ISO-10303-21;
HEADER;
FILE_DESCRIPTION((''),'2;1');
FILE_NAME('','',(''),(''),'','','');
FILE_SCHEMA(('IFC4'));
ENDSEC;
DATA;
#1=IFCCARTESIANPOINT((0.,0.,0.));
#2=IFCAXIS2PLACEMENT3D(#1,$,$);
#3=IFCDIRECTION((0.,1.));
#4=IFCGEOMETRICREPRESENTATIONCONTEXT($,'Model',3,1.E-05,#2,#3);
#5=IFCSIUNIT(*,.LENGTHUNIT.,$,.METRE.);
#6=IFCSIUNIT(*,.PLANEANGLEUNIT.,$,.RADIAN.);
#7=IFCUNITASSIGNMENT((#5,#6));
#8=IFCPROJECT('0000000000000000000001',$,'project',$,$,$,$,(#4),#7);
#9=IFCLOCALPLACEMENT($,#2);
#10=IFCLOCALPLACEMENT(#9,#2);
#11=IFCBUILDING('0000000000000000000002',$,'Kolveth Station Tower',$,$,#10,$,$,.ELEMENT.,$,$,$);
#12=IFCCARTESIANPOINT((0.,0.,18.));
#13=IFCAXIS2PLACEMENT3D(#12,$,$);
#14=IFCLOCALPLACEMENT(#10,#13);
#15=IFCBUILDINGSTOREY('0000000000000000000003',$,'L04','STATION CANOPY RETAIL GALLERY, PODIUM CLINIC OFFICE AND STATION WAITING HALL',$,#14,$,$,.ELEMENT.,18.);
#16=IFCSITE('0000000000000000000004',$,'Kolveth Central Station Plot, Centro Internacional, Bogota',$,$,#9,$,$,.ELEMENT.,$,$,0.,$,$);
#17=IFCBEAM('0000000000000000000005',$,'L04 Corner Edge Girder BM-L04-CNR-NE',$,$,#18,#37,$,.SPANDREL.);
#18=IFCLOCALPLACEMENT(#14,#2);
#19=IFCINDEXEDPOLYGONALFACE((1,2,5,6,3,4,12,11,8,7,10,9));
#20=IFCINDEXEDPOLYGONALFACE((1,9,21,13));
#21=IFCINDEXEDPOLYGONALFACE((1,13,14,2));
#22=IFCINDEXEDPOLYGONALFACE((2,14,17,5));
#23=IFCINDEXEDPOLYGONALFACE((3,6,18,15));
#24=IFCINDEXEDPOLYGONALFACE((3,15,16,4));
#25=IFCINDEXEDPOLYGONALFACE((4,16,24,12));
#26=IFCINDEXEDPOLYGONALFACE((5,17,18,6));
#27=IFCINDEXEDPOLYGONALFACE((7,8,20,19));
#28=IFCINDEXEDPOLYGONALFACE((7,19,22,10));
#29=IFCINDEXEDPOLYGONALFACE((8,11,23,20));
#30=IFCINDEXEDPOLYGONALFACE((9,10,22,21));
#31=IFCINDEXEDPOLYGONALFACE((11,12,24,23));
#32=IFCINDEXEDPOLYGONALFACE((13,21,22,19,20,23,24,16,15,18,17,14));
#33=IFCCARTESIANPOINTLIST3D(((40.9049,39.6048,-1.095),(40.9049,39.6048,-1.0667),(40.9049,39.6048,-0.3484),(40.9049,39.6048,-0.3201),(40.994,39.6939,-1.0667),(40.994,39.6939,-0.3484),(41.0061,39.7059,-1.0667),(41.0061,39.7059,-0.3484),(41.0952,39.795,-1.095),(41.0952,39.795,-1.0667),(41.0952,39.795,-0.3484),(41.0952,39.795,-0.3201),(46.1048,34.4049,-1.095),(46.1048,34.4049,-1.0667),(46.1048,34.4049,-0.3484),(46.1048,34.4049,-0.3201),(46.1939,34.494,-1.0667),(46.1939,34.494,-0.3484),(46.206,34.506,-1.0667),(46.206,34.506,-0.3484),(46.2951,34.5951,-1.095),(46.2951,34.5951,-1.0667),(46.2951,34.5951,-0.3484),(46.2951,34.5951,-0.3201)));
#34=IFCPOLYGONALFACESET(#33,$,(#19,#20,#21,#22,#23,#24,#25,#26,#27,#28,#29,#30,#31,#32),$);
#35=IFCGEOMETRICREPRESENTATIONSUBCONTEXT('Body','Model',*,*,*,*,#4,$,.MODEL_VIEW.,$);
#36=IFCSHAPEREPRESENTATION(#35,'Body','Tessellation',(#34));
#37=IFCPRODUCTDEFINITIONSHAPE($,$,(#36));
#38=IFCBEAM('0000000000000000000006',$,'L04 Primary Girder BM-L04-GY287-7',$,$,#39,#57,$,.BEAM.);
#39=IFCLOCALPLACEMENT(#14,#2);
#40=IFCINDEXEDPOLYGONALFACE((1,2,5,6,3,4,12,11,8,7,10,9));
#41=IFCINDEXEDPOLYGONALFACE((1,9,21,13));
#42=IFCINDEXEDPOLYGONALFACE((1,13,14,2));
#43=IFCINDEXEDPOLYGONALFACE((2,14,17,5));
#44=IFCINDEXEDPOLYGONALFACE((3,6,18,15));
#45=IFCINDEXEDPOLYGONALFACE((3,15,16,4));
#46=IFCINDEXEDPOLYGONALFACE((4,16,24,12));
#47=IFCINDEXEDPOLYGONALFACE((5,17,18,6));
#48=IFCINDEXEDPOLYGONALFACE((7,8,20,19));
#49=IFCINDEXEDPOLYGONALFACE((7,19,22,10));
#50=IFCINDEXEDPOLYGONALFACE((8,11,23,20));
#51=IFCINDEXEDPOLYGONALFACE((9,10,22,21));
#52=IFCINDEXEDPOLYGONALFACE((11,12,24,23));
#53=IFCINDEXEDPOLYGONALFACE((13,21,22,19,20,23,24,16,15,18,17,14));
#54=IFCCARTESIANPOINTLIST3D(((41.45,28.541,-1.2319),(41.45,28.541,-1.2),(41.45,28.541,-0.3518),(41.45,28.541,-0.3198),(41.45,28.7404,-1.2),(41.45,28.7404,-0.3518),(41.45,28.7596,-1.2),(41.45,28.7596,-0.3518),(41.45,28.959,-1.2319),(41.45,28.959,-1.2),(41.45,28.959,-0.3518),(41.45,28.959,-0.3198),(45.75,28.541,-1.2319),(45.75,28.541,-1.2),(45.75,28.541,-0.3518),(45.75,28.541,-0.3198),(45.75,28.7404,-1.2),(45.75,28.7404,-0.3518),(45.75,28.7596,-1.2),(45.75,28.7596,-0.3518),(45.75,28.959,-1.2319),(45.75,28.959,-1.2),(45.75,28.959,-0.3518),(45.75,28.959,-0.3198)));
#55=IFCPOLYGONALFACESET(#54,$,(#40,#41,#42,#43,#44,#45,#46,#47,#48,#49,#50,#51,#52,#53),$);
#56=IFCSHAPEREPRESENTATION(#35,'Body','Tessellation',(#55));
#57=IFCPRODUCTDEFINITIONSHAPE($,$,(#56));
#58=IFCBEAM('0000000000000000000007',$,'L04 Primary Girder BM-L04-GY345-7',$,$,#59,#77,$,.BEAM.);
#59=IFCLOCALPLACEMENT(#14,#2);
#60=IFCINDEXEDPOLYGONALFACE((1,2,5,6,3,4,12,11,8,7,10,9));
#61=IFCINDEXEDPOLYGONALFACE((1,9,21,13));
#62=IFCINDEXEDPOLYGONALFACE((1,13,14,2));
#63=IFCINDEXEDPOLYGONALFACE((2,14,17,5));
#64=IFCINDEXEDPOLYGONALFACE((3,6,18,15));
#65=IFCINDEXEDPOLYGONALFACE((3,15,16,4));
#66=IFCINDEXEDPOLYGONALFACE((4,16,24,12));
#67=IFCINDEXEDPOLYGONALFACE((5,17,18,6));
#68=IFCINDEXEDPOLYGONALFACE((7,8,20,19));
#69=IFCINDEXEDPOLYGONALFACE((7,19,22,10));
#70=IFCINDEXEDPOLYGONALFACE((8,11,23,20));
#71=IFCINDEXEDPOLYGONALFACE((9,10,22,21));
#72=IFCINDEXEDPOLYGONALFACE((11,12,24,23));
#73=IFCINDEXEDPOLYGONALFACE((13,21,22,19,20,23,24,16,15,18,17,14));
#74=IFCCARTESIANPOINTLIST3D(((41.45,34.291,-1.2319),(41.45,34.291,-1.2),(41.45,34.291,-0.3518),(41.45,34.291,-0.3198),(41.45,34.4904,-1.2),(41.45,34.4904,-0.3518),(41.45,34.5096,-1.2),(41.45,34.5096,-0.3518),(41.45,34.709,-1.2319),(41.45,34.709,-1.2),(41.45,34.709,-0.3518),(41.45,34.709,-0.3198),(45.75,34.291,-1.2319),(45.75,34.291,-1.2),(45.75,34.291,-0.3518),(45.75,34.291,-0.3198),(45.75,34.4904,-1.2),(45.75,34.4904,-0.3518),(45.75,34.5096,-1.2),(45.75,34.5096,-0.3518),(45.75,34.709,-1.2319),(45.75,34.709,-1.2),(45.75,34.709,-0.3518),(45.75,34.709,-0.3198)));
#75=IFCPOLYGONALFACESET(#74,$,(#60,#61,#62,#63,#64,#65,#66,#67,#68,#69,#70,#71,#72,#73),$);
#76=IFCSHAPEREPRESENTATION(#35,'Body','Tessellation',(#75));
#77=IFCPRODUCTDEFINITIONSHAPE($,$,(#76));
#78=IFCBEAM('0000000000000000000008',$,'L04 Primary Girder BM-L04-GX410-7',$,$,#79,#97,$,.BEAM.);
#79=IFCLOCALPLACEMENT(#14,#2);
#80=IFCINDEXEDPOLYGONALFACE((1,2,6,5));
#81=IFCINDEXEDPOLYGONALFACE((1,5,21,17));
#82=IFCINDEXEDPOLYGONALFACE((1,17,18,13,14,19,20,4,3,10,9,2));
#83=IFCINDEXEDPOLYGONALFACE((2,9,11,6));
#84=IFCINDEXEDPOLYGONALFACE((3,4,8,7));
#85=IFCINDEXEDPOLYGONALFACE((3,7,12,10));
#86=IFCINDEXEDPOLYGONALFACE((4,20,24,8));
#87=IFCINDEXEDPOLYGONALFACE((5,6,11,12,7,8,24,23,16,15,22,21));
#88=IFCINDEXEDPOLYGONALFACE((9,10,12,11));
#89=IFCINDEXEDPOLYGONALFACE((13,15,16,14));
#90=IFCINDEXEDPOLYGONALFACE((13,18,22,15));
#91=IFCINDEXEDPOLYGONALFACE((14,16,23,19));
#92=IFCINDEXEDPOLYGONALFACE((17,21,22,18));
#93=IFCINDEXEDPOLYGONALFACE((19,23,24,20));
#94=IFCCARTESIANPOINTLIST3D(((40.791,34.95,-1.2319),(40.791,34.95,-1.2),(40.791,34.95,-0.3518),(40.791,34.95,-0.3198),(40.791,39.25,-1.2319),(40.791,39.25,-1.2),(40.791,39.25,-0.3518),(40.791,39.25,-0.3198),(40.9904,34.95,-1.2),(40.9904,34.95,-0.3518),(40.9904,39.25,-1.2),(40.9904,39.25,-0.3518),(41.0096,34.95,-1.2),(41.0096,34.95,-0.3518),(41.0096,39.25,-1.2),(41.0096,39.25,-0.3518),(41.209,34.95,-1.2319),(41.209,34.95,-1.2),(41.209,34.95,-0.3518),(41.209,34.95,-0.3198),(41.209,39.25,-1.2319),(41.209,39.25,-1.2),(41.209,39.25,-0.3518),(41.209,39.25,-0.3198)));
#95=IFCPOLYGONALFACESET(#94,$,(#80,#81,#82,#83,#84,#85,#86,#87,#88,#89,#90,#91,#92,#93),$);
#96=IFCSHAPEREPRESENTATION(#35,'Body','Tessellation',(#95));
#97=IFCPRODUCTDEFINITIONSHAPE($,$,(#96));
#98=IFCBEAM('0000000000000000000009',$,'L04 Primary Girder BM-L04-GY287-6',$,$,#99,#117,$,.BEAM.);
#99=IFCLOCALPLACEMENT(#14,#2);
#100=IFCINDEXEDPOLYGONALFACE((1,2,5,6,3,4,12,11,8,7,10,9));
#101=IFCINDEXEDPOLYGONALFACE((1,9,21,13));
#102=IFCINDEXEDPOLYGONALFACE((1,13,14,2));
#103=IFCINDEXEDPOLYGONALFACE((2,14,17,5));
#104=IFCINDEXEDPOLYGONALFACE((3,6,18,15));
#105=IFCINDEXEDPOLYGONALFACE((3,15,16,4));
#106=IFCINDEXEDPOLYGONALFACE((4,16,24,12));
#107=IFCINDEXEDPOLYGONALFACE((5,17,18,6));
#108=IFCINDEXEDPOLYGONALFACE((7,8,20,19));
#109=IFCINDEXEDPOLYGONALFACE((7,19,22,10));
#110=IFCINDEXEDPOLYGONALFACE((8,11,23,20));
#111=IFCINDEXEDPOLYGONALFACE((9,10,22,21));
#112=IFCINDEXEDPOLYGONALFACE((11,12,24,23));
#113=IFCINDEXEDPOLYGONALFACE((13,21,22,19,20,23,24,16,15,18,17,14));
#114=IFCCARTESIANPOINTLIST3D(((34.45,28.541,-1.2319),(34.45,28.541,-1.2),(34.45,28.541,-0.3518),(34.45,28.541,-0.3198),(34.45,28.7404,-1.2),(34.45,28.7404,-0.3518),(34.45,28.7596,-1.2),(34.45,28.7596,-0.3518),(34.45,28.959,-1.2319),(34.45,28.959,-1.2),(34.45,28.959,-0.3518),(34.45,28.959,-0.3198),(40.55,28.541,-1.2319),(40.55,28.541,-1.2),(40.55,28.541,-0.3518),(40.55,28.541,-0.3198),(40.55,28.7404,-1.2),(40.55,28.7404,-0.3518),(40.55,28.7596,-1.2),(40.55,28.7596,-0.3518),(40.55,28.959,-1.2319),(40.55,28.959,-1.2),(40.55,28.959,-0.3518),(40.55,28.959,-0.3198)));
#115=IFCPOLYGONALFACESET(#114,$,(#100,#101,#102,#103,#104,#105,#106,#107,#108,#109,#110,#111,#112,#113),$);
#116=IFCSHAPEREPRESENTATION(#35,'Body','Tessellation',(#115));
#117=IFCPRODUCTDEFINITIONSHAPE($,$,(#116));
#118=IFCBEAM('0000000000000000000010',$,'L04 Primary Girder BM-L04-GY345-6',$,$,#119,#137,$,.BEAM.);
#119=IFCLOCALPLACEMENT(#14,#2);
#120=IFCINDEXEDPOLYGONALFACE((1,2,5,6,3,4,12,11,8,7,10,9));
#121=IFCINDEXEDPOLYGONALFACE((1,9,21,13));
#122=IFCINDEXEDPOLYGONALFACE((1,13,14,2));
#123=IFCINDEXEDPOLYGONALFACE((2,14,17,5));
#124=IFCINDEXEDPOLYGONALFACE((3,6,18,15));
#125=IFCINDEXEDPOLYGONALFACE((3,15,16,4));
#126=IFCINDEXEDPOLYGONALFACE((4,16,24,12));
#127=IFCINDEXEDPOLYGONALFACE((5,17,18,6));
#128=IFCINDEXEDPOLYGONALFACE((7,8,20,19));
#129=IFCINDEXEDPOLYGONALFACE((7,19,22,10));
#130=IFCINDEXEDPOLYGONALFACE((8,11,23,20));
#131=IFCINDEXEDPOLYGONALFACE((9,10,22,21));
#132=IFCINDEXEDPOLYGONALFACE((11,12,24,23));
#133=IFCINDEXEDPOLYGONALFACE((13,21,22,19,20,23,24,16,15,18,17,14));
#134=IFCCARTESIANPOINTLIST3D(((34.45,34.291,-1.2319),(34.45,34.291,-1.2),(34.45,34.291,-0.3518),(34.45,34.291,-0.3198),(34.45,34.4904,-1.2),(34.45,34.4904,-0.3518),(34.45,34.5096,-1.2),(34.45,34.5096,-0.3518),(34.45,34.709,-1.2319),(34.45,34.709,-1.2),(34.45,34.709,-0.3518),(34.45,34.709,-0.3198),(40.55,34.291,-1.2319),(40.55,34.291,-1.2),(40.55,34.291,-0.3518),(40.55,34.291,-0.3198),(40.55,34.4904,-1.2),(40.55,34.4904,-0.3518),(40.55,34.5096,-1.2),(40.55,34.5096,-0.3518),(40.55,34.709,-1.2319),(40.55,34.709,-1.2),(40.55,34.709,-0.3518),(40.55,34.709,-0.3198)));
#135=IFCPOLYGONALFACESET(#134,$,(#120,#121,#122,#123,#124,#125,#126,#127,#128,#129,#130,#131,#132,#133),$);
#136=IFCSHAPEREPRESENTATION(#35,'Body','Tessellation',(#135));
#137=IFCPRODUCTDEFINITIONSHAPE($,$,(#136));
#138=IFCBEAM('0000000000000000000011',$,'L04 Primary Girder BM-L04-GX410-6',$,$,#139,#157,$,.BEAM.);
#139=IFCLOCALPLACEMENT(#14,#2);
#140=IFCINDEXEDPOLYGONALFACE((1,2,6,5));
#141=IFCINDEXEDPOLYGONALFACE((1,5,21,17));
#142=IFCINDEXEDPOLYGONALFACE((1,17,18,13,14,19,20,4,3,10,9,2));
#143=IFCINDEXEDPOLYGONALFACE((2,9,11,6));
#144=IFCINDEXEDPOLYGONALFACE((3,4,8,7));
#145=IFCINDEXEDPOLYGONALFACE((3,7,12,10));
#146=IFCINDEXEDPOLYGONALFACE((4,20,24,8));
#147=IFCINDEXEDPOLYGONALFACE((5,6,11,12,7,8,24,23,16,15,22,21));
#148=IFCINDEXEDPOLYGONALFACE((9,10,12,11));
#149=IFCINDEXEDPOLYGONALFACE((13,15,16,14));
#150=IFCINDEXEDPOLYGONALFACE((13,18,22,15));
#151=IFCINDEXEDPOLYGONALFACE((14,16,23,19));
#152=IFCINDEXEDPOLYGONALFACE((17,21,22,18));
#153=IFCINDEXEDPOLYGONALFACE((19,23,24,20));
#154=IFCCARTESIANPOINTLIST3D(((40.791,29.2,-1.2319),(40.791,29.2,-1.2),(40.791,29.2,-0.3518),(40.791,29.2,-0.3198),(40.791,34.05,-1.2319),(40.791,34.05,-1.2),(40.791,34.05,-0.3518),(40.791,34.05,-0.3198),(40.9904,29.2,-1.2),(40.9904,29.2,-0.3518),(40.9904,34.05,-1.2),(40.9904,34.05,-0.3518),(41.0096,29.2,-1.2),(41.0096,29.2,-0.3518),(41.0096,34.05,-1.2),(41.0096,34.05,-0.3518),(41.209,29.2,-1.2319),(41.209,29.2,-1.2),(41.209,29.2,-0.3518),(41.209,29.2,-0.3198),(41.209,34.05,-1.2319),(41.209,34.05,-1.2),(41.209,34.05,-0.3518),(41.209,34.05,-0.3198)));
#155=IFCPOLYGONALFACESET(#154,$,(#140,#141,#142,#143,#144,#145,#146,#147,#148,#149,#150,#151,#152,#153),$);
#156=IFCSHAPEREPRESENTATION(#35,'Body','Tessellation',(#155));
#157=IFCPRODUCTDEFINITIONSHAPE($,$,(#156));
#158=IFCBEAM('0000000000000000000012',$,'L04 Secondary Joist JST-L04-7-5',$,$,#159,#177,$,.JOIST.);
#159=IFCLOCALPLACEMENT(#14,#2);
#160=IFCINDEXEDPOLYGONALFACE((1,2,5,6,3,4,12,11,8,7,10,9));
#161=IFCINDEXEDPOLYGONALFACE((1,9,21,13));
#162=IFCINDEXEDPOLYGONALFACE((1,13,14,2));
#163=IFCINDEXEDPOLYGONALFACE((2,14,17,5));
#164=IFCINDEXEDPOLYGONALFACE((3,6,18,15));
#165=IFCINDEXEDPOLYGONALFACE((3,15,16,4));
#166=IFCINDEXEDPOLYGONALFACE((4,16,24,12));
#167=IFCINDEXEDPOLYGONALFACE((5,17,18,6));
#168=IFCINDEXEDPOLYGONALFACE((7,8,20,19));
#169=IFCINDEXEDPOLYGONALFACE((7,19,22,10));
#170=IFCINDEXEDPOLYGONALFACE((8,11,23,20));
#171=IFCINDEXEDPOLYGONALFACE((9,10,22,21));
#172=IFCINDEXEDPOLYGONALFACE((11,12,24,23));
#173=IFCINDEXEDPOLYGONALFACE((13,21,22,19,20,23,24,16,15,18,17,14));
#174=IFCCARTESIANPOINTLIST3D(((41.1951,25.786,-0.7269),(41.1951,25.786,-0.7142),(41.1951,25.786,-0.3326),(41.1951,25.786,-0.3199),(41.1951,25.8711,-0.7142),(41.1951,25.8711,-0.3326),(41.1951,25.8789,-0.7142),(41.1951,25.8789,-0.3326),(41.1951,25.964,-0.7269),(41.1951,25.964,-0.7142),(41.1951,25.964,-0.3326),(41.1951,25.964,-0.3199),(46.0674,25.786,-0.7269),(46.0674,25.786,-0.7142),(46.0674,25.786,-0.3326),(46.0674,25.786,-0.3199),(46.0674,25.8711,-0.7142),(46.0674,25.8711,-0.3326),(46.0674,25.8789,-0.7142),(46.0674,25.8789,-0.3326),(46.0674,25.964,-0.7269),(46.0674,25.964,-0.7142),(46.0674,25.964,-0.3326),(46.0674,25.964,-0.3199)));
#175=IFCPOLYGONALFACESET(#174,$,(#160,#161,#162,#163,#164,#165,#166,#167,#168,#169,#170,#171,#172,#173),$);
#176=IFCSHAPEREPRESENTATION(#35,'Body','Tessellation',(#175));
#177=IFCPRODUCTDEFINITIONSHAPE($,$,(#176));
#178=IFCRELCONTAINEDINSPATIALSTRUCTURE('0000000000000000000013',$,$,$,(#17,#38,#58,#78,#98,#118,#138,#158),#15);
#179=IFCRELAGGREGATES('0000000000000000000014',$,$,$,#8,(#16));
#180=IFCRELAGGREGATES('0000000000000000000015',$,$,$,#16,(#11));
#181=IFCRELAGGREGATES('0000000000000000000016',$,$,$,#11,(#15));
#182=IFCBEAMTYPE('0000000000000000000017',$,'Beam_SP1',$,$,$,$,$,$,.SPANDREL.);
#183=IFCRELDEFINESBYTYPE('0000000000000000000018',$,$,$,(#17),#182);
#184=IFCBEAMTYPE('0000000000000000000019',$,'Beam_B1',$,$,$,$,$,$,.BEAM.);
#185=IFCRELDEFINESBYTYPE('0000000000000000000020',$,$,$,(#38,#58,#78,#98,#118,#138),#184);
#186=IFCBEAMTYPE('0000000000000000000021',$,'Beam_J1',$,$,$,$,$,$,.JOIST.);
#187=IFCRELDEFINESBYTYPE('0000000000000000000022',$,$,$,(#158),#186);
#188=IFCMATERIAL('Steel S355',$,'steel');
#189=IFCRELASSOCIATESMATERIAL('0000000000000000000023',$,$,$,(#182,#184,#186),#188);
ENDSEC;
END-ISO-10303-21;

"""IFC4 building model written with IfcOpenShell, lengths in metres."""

from ifc_helpers import new_model, si_unit, direction, frame, origin, origin_2d, place, context, subcontext, project, spatial, i_section, extrude, source, transform, mapped, material, material_profile, profile_set, type_object, element, save


model = new_model("IFC4")

# Units and contexts
model_context = context("Model", 3, precision=1e-05, world=origin(), true_north=direction((0.0, 1.0)))
body_context = subcontext(model_context, "Body", "Model", "MODEL_VIEW")
ifc_project = project(units=[si_unit("LENGTHUNIT", "METRE"), si_unit("PLANEANGLEUNIT", "RADIAN")], contexts=[model_context])

# Site, building, storey
site_placement = place(None, origin())
site = spatial("IfcSite", under=ifc_project, at=site_placement, Name="Kolveth Central Station Plot, Centro Internacional, Bogota", CompositionType="ELEMENT", RefElevation=0.0)
building_placement = place(site_placement, origin())
building = spatial("IfcBuilding", under=site, at=building_placement, Name="Kolveth Station Tower", CompositionType="ELEMENT")
storey_placement = place(building_placement, frame((0.0, 0.0, 18.0)))
storey = spatial("IfcBuildingStorey", under=building, at=storey_placement, Name="L04", Description="STATION CANOPY RETAIL GALLERY, PODIUM CLINIC OFFICE AND STATION WAITING HALL", CompositionType="ELEMENT", Elevation=18.0)

# Shared definitions
ifc_material_1 = material(Name="Steel S355", Category="steel")

# Beams
ifc_material_profile_1 = material_profile(ifc_material_1, i_section(OverallWidth=0.269, OverallDepth=0.7749, WebThickness=0.0171, FlangeThickness=0.0283, at=origin_2d()), Name="W760x220")
ifc_profile_set_1 = profile_set([ifc_material_profile_1], Name="Steel S355")
beam_type_1 = type_object("IfcBeamType", Name="Beam_SP1", PredefinedType="SPANDREL", material=ifc_profile_set_1)
shared_shape_1 = source(origin(), body_context, "Body", "SweptSolid", [
    extrude(i_section(OverallWidth=0.269, OverallDepth=0.7749, WebThickness=0.0171, FlangeThickness=0.0283, at=origin_2d()), origin(), (0.0, 0.0, 1.0), 7.3538),
])
beam_1_placement = place(storey_placement, frame((46.2, 34.5, -0.7075), z_axis=(-0.707107, 0.707107, 0.0), x_axis=(-0.707107, -0.707107, 0.0)))
element("IfcBeam", 1, at=beam_1_placement, inside=storey, type_object=beam_type_1, Name="L04 Corner Edge Girder BM-L04-CNR-NE", PredefinedType="SPANDREL", context=body_context, shape_type="MappedRepresentation", body=[
    mapped(shared_shape_1, transform((0.0, 0.0, 0.0), x_axis=(1.0, 0.0, 0.0), y_axis=(0.0, 1.0, 0.0), z_axis=(0.0, 0.0, 1.0), scale=1.0)),
])
ifc_material_profile_2 = material_profile(ifc_material_1, i_section(OverallWidth=0.418, OverallDepth=0.9121, WebThickness=0.0193, FlangeThickness=0.032, at=origin_2d()), Name="W920x342")
ifc_profile_set_2 = profile_set([ifc_material_profile_2], Name="Steel S355")
beam_type_2 = type_object("IfcBeamType", Name="Beam_B1", PredefinedType="BEAM", material=ifc_profile_set_2)
shared_shape_2 = source(origin(), body_context, "Body", "SweptSolid", [
    extrude(i_section(OverallWidth=0.418, OverallDepth=0.9121, WebThickness=0.0193, FlangeThickness=0.032, at=origin_2d()), origin(), (0.0, 0.0, 1.0), 4.3),
])
for number, where, z_axis, x_axis, name in (
    (2, (41.45, 28.75, -0.7759), (1.0, 0.0, 0.0), (0.0, 1.0, 0.0), "L04 Primary Girder BM-L04-GY287-7"),
    (3, (41.45, 34.5, -0.7759), (1.0, 0.0, 0.0), (0.0, 1.0, 0.0), "L04 Primary Girder BM-L04-GY345-7"),
    (4, (41.0, 34.95, -0.7759), (0.0, 1.0, 0.0), (-1.0, 0.0, 0.0), "L04 Primary Girder BM-L04-GX410-7"),
):
    element("IfcBeam", number, at=place(storey_placement, frame(where, z_axis=z_axis, x_axis=x_axis)), inside=storey, type_object=beam_type_2, Name=name, PredefinedType="BEAM", context=body_context, shape_type="MappedRepresentation", body=[
        mapped(shared_shape_2, transform((0.0, 0.0, 0.0), x_axis=(1.0, 0.0, 0.0), y_axis=(0.0, 1.0, 0.0), z_axis=(0.0, 0.0, 1.0), scale=1.0)),
    ])
shared_shape_3 = source(origin(), body_context, "Body", "SweptSolid", [
    extrude(i_section(OverallWidth=0.418, OverallDepth=0.9121, WebThickness=0.0193, FlangeThickness=0.032, at=origin_2d()), origin(), (0.0, 0.0, 1.0), 6.1001),
])
for number, where, z_axis, x_axis, name in (
    (5, (34.45, 28.75, -0.7759), (1.0, 0.0, 0.0), (0.0, 1.0, 0.0), "L04 Primary Girder BM-L04-GY287-6"),
    (6, (34.45, 34.5, -0.7759), (1.0, 0.0, 0.0), (0.0, 1.0, 0.0), "L04 Primary Girder BM-L04-GY345-6"),
):
    element("IfcBeam", number, at=place(storey_placement, frame(where, z_axis=z_axis, x_axis=x_axis)), inside=storey, type_object=beam_type_2, Name=name, PredefinedType="BEAM", context=body_context, shape_type="MappedRepresentation", body=[
        mapped(shared_shape_3, transform((0.0, 0.0, 0.0), x_axis=(1.0, 0.0, 0.0), y_axis=(0.0, 1.0, 0.0), z_axis=(0.0, 0.0, 1.0), scale=1.0)),
    ])
shared_shape_4 = source(origin(), body_context, "Body", "SweptSolid", [
    extrude(i_section(OverallWidth=0.418, OverallDepth=0.9121, WebThickness=0.0193, FlangeThickness=0.032, at=origin_2d()), origin(), (0.0, 0.0, 1.0), 4.8501),
])
beam_2_placement = place(storey_placement, frame((41.0, 29.2, -0.7759), z_axis=(0.0, 1.0, 0.0), x_axis=(-1.0, 0.0, 0.0)))
element("IfcBeam", 7, at=beam_2_placement, inside=storey, type_object=beam_type_2, Name="L04 Primary Girder BM-L04-GX410-6", PredefinedType="BEAM", context=body_context, shape_type="MappedRepresentation", body=[
    mapped(shared_shape_4, transform((0.0, 0.0, 0.0), x_axis=(1.0, 0.0, 0.0), y_axis=(0.0, 1.0, 0.0), z_axis=(0.0, 0.0, 1.0), scale=1.0)),
])
ifc_material_profile_3 = material_profile(ifc_material_1, i_section(OverallWidth=0.178, OverallDepth=0.407, WebThickness=0.0078, FlangeThickness=0.0127, at=origin_2d()), Name="W410x60")
ifc_profile_set_3 = profile_set([ifc_material_profile_3], Name="Steel S355")
beam_type_3 = type_object("IfcBeamType", Name="Beam_J1", PredefinedType="JOIST", material=ifc_profile_set_3)
shared_shape_5 = source(origin(), body_context, "Body", "SweptSolid", [
    extrude(i_section(OverallWidth=0.178, OverallDepth=0.407, WebThickness=0.0078, FlangeThickness=0.0127, at=origin_2d()), origin(), (0.0, 0.0, 1.0), 4.8723),
])
for number, where, z_axis, x_axis, name in (
    (8, (41.1951, 25.875, -0.5234), (1.0, 0.0, 0.0), (0.0, 1.0, 0.0), "L04 Secondary Joist JST-L04-7-5"),
):
    element("IfcBeam", number, at=place(storey_placement, frame(where, z_axis=z_axis, x_axis=x_axis)), inside=storey, type_object=beam_type_3, Name=name, PredefinedType="JOIST", context=body_context, shape_type="MappedRepresentation", body=[
        mapped(shared_shape_5, transform((0.0, 0.0, 0.0), x_axis=(1.0, 0.0, 0.0), y_axis=(0.0, 1.0, 0.0), z_axis=(0.0, 0.0, 1.0), scale=1.0)),
    ])

save(model, "model.ifc")
